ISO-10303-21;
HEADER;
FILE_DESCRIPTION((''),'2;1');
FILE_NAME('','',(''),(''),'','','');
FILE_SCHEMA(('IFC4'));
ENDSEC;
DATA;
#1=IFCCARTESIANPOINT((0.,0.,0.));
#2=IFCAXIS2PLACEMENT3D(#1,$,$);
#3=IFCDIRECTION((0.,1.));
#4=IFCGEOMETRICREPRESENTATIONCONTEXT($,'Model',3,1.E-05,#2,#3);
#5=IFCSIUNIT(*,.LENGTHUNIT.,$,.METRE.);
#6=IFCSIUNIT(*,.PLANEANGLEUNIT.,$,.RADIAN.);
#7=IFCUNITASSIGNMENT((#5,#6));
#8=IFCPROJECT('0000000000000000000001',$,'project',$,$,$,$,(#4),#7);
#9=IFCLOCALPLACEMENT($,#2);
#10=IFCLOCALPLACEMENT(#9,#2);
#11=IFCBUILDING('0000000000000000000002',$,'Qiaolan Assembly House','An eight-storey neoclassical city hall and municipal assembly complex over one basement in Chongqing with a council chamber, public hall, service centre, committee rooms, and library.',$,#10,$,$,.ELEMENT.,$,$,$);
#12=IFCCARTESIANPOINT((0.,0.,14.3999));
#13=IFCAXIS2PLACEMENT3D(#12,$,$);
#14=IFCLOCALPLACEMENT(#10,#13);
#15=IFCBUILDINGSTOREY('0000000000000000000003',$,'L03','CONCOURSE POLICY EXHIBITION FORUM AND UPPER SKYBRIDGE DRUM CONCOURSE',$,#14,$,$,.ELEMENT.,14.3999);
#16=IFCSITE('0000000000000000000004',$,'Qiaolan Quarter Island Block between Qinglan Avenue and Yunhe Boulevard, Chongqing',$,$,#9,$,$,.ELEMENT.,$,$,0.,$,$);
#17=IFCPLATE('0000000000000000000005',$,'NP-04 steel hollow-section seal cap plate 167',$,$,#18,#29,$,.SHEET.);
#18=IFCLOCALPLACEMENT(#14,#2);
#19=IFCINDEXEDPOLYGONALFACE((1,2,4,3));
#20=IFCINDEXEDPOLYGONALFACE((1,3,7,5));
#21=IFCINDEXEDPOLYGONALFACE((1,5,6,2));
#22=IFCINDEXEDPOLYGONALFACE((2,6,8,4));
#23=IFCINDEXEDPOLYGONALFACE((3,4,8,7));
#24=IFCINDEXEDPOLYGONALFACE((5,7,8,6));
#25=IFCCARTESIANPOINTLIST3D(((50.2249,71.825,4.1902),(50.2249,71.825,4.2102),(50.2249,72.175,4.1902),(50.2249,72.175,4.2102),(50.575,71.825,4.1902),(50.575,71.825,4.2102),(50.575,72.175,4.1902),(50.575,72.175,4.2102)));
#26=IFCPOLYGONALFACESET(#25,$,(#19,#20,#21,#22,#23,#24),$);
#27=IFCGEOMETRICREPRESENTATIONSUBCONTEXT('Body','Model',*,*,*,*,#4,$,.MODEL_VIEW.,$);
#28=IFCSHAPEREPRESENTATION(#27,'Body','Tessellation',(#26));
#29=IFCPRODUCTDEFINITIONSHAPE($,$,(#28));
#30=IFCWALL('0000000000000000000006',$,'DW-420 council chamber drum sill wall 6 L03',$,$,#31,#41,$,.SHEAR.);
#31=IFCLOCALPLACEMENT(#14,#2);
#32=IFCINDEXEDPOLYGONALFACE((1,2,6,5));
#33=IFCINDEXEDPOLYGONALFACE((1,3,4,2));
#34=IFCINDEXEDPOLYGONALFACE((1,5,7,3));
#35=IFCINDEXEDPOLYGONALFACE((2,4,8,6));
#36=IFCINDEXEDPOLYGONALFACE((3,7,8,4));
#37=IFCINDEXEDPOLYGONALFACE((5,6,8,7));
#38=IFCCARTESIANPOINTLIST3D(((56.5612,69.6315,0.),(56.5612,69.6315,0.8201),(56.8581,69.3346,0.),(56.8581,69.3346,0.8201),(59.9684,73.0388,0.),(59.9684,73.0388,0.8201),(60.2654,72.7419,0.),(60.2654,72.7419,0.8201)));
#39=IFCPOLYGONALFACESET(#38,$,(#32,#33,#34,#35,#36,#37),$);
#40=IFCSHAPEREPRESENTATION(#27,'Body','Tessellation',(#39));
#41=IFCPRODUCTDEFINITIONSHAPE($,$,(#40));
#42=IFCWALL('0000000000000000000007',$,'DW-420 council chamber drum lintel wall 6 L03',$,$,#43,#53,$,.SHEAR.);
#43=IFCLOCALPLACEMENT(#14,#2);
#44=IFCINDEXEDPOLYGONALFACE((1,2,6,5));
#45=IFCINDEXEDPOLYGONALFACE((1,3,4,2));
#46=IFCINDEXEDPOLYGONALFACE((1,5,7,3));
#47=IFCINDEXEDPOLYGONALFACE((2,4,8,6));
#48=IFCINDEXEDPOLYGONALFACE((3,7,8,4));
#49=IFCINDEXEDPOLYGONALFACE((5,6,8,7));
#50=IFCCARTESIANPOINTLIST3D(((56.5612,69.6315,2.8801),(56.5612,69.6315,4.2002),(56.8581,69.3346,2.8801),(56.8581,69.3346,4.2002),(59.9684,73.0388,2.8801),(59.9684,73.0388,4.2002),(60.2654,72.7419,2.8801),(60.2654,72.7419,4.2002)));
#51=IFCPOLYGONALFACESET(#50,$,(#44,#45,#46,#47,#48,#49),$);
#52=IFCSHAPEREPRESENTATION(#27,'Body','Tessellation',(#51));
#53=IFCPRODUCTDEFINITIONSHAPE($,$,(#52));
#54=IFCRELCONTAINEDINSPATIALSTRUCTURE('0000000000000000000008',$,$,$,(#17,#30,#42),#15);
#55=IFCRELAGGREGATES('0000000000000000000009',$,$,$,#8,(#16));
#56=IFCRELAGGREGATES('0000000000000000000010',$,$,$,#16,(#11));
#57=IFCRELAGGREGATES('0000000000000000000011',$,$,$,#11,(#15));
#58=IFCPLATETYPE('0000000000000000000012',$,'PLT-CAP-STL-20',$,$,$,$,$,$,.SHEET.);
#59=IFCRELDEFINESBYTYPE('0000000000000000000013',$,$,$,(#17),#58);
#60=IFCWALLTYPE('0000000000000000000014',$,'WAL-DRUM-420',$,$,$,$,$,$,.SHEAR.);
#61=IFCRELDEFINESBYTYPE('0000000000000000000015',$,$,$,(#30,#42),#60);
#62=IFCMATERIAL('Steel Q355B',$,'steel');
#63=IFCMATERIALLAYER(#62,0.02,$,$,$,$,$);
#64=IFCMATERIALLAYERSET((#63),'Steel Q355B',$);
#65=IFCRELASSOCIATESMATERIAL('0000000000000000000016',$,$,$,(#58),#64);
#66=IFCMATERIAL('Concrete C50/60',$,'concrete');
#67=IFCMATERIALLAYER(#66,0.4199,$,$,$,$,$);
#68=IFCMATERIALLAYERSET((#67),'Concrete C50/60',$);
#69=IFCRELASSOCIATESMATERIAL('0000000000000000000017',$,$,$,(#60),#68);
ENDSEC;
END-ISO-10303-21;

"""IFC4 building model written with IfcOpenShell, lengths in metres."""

from ifc_helpers import new_model, si_unit, direction, frame, frame_2d, origin, origin_2d, place, context, subcontext, project, spatial, rectangle, extrude, material, layer, layer_set, type_object, element, save


model = new_model("IFC4")

# Units and contexts
model_context = context("Model", 3, precision=1e-05, world=origin(), true_north=direction((0.0, 1.0)))
body_context = subcontext(model_context, "Body", "Model", "MODEL_VIEW")
ifc_project = project(units=[si_unit("LENGTHUNIT", "METRE"), si_unit("PLANEANGLEUNIT", "RADIAN")], contexts=[model_context])

# Site, building, storey
site_placement = place(None, origin())
site = spatial("IfcSite", under=ifc_project, at=site_placement, Name="Qiaolan Quarter Island Block between Qinglan Avenue and Yunhe Boulevard, Chongqing", CompositionType="ELEMENT", RefElevation=0.0)
building_placement = place(site_placement, origin())
building = spatial("IfcBuilding", under=site, at=building_placement, Name="Qiaolan Assembly House", Description="An eight-storey neoclassical city hall and municipal assembly complex over one basement in Chongqing with a council chamber, public hall, service centre, committee rooms, and library.", CompositionType="ELEMENT")
storey_placement = place(building_placement, frame((0.0, 0.0, 14.3999)))
storey = spatial("IfcBuildingStorey", under=building, at=storey_placement, Name="L03", Description="CONCOURSE POLICY EXHIBITION FORUM AND UPPER SKYBRIDGE DRUM CONCOURSE", CompositionType="ELEMENT", Elevation=14.3999)

# Shared definitions
ifc_material_1 = material(Name="Steel Q355B", Category="steel")

# Plate
ifc_layer_1 = layer(ifc_material_1, 0.02)
ifc_layer_set_1 = layer_set([ifc_layer_1], Name="Steel Q355B")
plate_type_1 = type_object("IfcPlateType", Name="PLT-CAP-STL-20", PredefinedType="SHEET", material=ifc_layer_set_1)
plate_1_placement = place(storey_placement, frame((50.3999, 72.0, 4.1902), z_axis=(0.0, 0.0, 1.0), x_axis=(1.0, 0.0, 0.0)))
element("IfcPlate", 1, at=plate_1_placement, inside=storey, type_object=plate_type_1, Name="NP-04 steel hollow-section seal cap plate 167", PredefinedType="SHEET", context=body_context, shape_type="SweptSolid", body=[
    extrude(rectangle(XDim=0.3501, YDim=0.3501, at=origin_2d()), origin(), (0.0, 0.0, 1.0), 0.02),
])

# Walls
ifc_material_2 = material(Name="Concrete C50/60", Category="concrete")
ifc_layer_2 = layer(ifc_material_2, 0.4199)
ifc_layer_set_2 = layer_set([ifc_layer_2], Name="Concrete C50/60")
wall_type = type_object("IfcWallType", Name="WAL-DRUM-420", PredefinedType="SHEAR", material=ifc_layer_set_2)
wall_1_placement = place(storey_placement, frame((56.7097, 69.4832, 0.0), z_axis=(0.0, 0.0, 1.0), x_axis=(0.707107, 0.707107, 0.0)))
element("IfcWall", 2, at=wall_1_placement, inside=storey, type_object=wall_type, Name="DW-420 council chamber drum sill wall 6 L03", PredefinedType="SHEAR", context=body_context, shape_type="SweptSolid", body=[
    extrude(rectangle(XDim=4.8186, YDim=0.4199, at=frame_2d((2.4092, 0.0))), origin(), (0.0, 0.0, 1.0), 0.8201),
])
wall_2_placement = place(storey_placement, frame((56.7097, 69.4832, 2.8801), z_axis=(0.0, 0.0, 1.0), x_axis=(0.707107, 0.707107, 0.0)))
element("IfcWall", 3, at=wall_2_placement, inside=storey, type_object=wall_type, Name="DW-420 council chamber drum lintel wall 6 L03", PredefinedType="SHEAR", context=body_context, shape_type="SweptSolid", body=[
    extrude(rectangle(XDim=4.8186, YDim=0.4199, at=frame_2d((2.4092, 0.0))), origin(), (0.0, 0.0, 1.0), 1.3201),
])

save(model, "model.ifc")
